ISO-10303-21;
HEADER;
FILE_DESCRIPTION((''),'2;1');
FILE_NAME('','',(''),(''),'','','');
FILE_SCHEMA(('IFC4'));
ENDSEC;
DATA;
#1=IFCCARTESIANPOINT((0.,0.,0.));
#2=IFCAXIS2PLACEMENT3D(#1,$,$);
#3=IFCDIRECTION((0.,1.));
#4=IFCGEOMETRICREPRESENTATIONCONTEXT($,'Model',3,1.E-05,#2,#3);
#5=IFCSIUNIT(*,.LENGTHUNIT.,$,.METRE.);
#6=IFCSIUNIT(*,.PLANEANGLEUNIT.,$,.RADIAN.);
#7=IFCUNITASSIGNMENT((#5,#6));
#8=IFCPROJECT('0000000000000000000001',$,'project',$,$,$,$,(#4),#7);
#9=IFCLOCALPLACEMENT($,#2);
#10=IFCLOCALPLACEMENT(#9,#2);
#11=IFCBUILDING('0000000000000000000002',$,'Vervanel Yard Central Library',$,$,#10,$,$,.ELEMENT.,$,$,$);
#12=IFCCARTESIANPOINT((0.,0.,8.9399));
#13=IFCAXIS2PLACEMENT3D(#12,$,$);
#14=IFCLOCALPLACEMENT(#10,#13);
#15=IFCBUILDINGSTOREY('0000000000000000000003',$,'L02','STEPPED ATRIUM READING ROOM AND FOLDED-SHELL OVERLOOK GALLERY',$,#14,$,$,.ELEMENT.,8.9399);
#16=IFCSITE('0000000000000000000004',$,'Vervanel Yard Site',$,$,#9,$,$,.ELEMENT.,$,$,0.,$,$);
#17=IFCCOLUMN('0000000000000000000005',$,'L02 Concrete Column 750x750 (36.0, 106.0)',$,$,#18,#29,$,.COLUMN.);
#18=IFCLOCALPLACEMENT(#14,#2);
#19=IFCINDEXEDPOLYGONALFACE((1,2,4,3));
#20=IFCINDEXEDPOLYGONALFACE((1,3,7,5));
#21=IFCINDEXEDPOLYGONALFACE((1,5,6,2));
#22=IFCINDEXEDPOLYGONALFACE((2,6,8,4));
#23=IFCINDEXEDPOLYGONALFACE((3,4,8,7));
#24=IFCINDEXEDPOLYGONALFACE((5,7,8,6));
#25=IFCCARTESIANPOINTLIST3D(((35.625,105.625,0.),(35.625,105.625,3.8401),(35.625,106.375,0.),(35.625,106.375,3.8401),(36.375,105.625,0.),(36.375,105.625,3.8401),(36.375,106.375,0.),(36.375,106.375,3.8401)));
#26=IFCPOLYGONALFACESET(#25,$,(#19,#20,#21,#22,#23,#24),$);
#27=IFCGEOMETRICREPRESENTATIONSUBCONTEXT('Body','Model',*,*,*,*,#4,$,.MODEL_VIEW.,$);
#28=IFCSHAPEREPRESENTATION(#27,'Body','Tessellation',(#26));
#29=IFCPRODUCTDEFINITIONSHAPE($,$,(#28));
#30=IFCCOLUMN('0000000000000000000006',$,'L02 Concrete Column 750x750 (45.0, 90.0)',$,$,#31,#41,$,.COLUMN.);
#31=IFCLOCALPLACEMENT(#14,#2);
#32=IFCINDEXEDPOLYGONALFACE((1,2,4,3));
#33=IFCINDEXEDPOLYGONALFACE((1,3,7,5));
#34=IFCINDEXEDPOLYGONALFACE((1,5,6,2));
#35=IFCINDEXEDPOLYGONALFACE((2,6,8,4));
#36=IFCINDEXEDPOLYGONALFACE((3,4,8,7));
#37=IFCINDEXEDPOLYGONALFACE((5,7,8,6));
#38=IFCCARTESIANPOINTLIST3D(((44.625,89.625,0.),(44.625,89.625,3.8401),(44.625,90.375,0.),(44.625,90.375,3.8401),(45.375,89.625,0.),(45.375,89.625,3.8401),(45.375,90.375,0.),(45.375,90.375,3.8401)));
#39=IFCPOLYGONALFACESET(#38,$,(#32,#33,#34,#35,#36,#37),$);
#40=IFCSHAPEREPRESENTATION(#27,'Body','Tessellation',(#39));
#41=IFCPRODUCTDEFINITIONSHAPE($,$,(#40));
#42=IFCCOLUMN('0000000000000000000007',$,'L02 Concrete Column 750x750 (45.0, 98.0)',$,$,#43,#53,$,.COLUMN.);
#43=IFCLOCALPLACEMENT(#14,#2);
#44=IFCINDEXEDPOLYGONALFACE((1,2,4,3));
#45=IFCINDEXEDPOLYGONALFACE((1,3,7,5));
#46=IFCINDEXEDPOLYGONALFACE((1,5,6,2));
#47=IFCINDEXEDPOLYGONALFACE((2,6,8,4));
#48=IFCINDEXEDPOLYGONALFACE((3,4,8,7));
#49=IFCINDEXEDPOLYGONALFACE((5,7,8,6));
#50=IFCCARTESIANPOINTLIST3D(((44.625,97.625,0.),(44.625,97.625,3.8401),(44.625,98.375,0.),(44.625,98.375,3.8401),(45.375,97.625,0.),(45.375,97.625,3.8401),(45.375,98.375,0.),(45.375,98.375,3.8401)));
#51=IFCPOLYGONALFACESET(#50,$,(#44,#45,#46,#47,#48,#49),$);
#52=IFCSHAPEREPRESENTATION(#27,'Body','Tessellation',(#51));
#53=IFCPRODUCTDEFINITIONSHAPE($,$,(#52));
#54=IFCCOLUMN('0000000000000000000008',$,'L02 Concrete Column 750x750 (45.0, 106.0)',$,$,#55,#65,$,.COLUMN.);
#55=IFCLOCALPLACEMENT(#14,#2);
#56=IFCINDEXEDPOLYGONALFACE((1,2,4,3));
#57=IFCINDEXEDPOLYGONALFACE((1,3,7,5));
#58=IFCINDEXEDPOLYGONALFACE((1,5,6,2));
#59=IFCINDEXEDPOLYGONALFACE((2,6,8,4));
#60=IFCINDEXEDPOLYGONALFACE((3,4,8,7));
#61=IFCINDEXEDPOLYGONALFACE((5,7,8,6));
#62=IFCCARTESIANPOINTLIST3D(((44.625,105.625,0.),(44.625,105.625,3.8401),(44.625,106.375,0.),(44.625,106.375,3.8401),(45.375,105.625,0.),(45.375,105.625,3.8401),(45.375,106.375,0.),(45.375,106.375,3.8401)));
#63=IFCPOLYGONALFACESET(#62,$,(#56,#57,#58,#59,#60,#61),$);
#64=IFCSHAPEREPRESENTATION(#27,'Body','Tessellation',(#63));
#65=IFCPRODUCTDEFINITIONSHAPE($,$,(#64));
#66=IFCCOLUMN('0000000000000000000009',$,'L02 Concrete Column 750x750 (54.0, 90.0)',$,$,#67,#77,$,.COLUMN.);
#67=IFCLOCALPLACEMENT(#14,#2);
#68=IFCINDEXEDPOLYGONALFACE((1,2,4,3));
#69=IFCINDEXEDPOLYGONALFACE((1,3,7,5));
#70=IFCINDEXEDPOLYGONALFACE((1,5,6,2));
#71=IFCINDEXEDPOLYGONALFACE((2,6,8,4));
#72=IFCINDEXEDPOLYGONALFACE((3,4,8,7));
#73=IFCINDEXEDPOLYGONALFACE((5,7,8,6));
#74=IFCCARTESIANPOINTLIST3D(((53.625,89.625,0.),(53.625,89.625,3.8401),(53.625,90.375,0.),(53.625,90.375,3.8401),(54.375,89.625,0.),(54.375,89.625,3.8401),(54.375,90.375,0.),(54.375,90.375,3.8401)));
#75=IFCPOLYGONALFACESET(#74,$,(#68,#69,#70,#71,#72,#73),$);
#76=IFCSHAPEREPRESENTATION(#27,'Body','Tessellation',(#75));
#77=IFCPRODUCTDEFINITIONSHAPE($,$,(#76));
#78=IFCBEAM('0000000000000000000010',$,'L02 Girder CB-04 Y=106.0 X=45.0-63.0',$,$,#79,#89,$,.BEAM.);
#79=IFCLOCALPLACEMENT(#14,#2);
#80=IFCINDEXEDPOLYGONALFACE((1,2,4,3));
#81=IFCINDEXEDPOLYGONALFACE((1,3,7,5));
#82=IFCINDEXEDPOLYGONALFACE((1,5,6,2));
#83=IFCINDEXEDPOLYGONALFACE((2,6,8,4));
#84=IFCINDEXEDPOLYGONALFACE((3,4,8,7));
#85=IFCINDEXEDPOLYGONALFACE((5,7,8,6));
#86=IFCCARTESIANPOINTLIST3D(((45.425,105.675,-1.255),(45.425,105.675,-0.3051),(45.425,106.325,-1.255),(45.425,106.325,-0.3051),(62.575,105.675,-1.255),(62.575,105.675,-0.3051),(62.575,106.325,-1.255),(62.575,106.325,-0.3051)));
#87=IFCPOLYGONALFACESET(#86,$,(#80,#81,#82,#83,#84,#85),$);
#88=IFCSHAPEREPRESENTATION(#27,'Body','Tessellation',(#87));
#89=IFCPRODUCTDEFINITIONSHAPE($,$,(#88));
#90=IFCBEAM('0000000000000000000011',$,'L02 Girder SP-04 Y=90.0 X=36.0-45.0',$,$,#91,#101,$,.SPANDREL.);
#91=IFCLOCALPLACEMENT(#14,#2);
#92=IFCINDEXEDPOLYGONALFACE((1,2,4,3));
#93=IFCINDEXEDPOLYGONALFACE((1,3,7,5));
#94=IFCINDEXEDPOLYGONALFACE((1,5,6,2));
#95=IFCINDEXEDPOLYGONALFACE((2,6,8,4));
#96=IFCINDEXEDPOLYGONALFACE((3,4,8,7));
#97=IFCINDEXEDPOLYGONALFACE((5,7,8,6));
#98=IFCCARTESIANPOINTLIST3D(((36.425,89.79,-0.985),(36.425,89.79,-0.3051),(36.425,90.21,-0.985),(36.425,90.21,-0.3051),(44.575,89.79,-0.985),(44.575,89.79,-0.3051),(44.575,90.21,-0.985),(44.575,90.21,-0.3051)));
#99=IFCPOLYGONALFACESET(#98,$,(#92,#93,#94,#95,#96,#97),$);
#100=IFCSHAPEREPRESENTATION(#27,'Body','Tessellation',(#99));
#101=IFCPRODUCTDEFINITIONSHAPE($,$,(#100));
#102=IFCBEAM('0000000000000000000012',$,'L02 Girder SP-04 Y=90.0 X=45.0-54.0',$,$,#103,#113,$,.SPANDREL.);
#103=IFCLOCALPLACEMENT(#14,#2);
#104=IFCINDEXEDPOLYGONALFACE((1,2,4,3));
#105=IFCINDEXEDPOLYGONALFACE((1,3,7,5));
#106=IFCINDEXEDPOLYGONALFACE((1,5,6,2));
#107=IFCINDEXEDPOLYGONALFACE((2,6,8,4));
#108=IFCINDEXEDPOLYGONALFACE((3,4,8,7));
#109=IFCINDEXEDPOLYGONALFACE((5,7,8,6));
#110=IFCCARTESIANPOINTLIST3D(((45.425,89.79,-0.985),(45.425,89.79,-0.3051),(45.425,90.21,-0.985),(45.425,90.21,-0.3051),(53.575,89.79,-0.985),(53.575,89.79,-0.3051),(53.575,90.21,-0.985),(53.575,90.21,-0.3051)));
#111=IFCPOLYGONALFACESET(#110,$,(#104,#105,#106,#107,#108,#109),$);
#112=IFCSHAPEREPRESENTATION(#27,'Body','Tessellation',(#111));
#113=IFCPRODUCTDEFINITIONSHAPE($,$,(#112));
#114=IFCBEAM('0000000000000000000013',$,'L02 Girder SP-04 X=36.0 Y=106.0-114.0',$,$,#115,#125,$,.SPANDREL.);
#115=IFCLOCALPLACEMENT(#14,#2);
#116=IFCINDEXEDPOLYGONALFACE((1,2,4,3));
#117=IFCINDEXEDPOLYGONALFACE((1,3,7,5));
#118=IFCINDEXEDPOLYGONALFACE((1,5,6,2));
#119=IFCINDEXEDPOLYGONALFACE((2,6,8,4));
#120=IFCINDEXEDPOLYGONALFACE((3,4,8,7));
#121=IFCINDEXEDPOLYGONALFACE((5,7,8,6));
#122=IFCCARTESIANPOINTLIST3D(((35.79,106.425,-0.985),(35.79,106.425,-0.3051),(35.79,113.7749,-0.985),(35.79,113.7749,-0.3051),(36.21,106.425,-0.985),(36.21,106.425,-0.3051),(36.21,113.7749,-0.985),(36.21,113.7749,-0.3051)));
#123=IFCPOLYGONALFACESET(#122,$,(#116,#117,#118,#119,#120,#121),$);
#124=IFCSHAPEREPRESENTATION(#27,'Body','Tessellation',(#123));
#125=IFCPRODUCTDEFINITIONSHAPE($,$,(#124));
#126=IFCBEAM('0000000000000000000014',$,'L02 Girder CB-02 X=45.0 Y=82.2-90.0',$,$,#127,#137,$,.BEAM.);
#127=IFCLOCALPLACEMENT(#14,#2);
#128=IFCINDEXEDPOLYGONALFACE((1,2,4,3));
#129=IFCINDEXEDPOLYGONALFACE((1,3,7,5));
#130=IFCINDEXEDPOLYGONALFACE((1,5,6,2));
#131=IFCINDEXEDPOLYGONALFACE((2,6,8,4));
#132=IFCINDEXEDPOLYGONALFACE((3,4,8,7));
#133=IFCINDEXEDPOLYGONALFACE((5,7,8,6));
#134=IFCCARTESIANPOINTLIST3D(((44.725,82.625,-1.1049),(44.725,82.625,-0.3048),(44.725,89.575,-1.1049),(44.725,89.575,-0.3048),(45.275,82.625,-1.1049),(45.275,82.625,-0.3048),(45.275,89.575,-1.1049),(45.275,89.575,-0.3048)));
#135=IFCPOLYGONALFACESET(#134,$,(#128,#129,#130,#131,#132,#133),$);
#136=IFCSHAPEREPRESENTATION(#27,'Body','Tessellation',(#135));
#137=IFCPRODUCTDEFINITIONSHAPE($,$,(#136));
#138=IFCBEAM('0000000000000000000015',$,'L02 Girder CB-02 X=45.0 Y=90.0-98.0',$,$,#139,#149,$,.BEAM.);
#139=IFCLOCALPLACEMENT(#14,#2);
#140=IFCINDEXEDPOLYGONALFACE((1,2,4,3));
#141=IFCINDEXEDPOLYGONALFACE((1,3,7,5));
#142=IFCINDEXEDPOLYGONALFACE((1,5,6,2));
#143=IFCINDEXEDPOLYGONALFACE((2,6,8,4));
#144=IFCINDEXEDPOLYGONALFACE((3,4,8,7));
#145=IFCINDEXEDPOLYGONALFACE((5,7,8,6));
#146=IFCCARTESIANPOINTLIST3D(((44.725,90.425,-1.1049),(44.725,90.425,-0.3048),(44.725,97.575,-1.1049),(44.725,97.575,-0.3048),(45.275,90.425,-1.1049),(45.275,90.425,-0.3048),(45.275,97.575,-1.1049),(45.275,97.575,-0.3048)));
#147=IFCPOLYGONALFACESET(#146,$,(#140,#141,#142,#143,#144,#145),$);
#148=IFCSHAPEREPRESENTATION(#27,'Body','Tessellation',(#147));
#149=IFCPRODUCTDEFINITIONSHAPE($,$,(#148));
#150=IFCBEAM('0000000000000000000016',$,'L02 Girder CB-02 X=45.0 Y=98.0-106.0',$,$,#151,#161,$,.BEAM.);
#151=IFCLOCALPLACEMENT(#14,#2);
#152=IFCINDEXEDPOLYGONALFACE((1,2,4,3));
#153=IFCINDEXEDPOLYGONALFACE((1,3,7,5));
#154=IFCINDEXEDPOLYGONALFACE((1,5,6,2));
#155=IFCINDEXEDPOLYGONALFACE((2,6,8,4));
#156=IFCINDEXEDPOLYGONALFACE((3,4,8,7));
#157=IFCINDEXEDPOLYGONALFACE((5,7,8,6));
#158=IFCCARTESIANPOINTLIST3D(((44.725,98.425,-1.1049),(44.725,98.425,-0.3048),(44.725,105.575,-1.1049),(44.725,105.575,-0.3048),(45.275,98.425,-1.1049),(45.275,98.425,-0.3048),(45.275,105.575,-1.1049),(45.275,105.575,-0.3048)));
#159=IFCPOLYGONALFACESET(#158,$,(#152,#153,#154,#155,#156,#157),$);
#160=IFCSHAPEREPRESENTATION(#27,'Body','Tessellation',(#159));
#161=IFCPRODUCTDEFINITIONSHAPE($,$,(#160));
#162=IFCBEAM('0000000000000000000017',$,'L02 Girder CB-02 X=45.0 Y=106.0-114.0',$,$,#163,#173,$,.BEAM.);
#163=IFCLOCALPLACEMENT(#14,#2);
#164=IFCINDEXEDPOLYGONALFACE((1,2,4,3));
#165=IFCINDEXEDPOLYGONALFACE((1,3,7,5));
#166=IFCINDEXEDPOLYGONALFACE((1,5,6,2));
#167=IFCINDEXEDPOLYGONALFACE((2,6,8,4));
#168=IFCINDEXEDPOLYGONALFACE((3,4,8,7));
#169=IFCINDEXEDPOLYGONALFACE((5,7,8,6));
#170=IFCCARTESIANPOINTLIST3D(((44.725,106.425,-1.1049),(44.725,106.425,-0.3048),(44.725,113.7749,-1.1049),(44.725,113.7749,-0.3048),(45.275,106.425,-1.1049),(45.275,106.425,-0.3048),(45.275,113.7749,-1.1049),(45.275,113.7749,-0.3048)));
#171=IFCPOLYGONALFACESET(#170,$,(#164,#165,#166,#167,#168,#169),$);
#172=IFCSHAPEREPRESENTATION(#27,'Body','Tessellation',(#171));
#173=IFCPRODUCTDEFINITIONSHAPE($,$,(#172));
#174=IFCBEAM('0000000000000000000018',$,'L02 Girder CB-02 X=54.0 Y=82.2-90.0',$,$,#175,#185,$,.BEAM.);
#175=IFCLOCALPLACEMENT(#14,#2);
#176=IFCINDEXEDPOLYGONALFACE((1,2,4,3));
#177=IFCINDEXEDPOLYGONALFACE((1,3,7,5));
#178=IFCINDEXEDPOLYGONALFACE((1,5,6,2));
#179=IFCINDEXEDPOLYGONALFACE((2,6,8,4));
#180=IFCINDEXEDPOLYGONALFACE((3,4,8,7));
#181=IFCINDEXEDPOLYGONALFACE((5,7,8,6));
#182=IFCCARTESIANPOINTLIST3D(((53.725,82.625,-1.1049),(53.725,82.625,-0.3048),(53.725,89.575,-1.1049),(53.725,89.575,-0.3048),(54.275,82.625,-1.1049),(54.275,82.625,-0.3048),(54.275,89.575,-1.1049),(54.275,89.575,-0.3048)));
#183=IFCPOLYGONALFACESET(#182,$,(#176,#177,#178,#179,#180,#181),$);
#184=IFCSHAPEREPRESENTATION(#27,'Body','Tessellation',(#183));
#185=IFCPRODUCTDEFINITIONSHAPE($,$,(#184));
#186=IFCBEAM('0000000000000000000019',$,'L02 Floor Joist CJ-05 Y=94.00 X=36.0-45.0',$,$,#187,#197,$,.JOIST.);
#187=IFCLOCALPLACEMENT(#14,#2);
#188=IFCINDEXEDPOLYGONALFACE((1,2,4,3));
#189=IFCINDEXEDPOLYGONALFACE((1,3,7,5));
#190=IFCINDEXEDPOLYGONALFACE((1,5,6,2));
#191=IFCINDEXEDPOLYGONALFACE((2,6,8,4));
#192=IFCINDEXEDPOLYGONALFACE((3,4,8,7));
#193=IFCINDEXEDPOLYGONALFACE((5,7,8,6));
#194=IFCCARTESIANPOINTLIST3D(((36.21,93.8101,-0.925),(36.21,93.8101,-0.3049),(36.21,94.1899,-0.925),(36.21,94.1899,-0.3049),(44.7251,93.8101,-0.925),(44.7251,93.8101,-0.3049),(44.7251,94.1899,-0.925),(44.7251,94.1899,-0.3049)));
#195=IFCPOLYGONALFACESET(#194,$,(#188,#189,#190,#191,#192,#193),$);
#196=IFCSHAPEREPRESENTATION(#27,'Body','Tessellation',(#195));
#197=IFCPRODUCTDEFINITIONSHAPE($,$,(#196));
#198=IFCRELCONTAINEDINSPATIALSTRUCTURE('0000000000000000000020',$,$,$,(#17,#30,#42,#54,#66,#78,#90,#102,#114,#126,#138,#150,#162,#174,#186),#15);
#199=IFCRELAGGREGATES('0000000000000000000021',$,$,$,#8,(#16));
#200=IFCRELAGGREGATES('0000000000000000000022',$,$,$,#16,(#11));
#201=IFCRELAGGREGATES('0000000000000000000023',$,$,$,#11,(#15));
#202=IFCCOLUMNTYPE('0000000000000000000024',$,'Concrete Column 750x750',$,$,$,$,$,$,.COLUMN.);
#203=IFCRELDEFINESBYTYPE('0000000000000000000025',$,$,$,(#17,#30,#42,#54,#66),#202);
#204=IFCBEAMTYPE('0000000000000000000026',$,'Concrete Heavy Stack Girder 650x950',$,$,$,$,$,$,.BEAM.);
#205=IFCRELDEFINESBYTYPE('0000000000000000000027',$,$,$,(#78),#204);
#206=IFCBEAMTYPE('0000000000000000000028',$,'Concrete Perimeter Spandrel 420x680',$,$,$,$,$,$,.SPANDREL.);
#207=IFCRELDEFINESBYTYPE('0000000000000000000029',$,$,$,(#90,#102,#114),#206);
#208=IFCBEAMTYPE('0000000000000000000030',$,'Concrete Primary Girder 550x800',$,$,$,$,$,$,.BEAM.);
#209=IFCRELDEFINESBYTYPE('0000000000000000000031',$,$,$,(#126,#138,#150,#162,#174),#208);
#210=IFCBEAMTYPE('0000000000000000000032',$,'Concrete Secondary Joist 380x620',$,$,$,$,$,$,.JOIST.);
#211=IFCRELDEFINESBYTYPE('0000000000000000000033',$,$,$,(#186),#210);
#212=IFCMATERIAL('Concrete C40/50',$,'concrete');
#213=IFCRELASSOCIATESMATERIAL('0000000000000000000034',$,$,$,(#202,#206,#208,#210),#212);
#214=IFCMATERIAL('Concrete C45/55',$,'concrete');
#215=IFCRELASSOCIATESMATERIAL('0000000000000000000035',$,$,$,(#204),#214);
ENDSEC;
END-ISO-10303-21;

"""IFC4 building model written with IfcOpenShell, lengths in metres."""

from ifc_helpers import new_model, si_unit, direction, frame, origin, origin_2d, place, context, subcontext, project, spatial, rectangle, extrude, material, material_profile, profile_set, type_object, element, save


model = new_model("IFC4")

# Units and contexts
model_context = context("Model", 3, precision=1e-05, world=origin(), true_north=direction((0.0, 1.0)))
body_context = subcontext(model_context, "Body", "Model", "MODEL_VIEW")
ifc_project = project(units=[si_unit("LENGTHUNIT", "METRE"), si_unit("PLANEANGLEUNIT", "RADIAN")], contexts=[model_context])

# Site, building, storey
site_placement = place(None, origin())
site = spatial("IfcSite", under=ifc_project, at=site_placement, Name="Vervanel Yard Site", CompositionType="ELEMENT", RefElevation=0.0)
building_placement = place(site_placement, origin())
building = spatial("IfcBuilding", under=site, at=building_placement, Name="Vervanel Yard Central Library", CompositionType="ELEMENT")
storey_placement = place(building_placement, frame((0.0, 0.0, 8.9399)))
storey = spatial("IfcBuildingStorey", under=building, at=storey_placement, Name="L02", Description="STEPPED ATRIUM READING ROOM AND FOLDED-SHELL OVERLOOK GALLERY", CompositionType="ELEMENT", Elevation=8.9399)

# Columns
ifc_material_1 = material(Name="Concrete C40/50", Category="concrete")
ifc_material_profile_1 = material_profile(ifc_material_1, rectangle(XDim=0.75, YDim=0.75, at=origin_2d()), Name="RC 750x750", Category="concrete")
ifc_profile_set_1 = profile_set([ifc_material_profile_1], Name="Concrete C40/50")
column_type = type_object("IfcColumnType", Name="Concrete Column 750x750", PredefinedType="COLUMN", material=ifc_profile_set_1)
for number, where, z_axis, x_axis, name in (
    (1, (36.0, 106.0, 0.0), (0.0, 0.0, 1.0), (1.0, 0.0, 0.0), "L02 Concrete Column 750x750 (36.0, 106.0)"),
    (2, (45.0, 90.0, 0.0), (0.0, 0.0, 1.0), (1.0, 0.0, 0.0), "L02 Concrete Column 750x750 (45.0, 90.0)"),
    (3, (45.0, 98.0, 0.0), (0.0, 0.0, 1.0), (1.0, 0.0, 0.0), "L02 Concrete Column 750x750 (45.0, 98.0)"),
    (4, (45.0, 106.0, 0.0), (0.0, 0.0, 1.0), (1.0, 0.0, 0.0), "L02 Concrete Column 750x750 (45.0, 106.0)"),
    (5, (54.0, 90.0, 0.0), (0.0, 0.0, 1.0), (1.0, 0.0, 0.0), "L02 Concrete Column 750x750 (54.0, 90.0)"),
):
    element("IfcColumn", number, at=place(storey_placement, frame(where, z_axis=z_axis, x_axis=x_axis)), inside=storey, type_object=column_type, Name=name, PredefinedType="COLUMN", context=body_context, shape_type="SweptSolid", body=[
        extrude(rectangle(XDim=0.75, YDim=0.75, at=origin_2d()), origin(), (0.0, 0.0, 1.0), 3.8401),
    ])

# Beams
ifc_material_2 = material(Name="Concrete C45/55", Category="concrete")
ifc_material_profile_2 = material_profile(ifc_material_2, rectangle(XDim=0.6499, YDim=0.95, at=origin_2d()), Name="RC 650x950", Category="concrete")
ifc_profile_set_2 = profile_set([ifc_material_profile_2], Name="Concrete C45/55")
beam_type_1 = type_object("IfcBeamType", Name="Concrete Heavy Stack Girder 650x950", PredefinedType="BEAM", material=ifc_profile_set_2)
beam_1_placement = place(storey_placement, frame((45.425, 106.0, -0.78), z_axis=(1.0, 0.0, 0.0), x_axis=(0.0, 1.0, 0.0)))
element("IfcBeam", 6, at=beam_1_placement, inside=storey, type_object=beam_type_1, Name="L02 Girder CB-04 Y=106.0 X=45.0-63.0", PredefinedType="BEAM", context=body_context, shape_type="SweptSolid", body=[
    extrude(rectangle(XDim=0.6499, YDim=0.95, at=origin_2d()), origin(), (0.0, 0.0, 1.0), 17.1499),
])
ifc_material_profile_3 = material_profile(ifc_material_1, rectangle(XDim=0.4199, YDim=0.6799, at=origin_2d()), Name="RC 420x680", Category="concrete")
ifc_profile_set_3 = profile_set([ifc_material_profile_3], Name="Concrete C40/50")
beam_type_2 = type_object("IfcBeamType", Name="Concrete Perimeter Spandrel 420x680", PredefinedType="SPANDREL", material=ifc_profile_set_3)
for number, where, z_axis, x_axis, name in (
    (7, (36.425, 90.0, -0.645), (1.0, 0.0, 0.0), (0.0, 1.0, 0.0), "L02 Girder SP-04 Y=90.0 X=36.0-45.0"),
    (8, (45.425, 90.0, -0.645), (1.0, 0.0, 0.0), (0.0, 1.0, 0.0), "L02 Girder SP-04 Y=90.0 X=45.0-54.0"),
):
    element("IfcBeam", number, at=place(storey_placement, frame(where, z_axis=z_axis, x_axis=x_axis)), inside=storey, type_object=beam_type_2, Name=name, PredefinedType="SPANDREL", context=body_context, shape_type="SweptSolid", body=[
        extrude(rectangle(XDim=0.4199, YDim=0.6799, at=origin_2d()), origin(), (0.0, 0.0, 1.0), 8.1499),
    ])
beam_2_placement = place(storey_placement, frame((36.0, 106.425, -0.645), z_axis=(0.0, 1.0, 0.0), x_axis=(-1.0, 0.0, 0.0)))
element("IfcBeam", 9, at=beam_2_placement, inside=storey, type_object=beam_type_2, Name="L02 Girder SP-04 X=36.0 Y=106.0-114.0", PredefinedType="SPANDREL", context=body_context, shape_type="SweptSolid", body=[
    extrude(rectangle(XDim=0.4199, YDim=0.6799, at=origin_2d()), origin(), (0.0, 0.0, 1.0), 7.3499),
])
ifc_material_profile_4 = material_profile(ifc_material_1, rectangle(XDim=0.55, YDim=0.8, at=origin_2d()), Name="RC 550x800", Category="concrete")
ifc_profile_set_4 = profile_set([ifc_material_profile_4], Name="Concrete C40/50")
beam_type_3 = type_object("IfcBeamType", Name="Concrete Primary Girder 550x800", PredefinedType="BEAM", material=ifc_profile_set_4)
beam_3_placement = place(storey_placement, frame((45.0, 82.625, -0.7048), z_axis=(0.0, 1.0, 0.0), x_axis=(-1.0, 0.0, 0.0)))
element("IfcBeam", 10, at=beam_3_placement, inside=storey, type_object=beam_type_3, Name="L02 Girder CB-02 X=45.0 Y=82.2-90.0", PredefinedType="BEAM", context=body_context, shape_type="SweptSolid", body=[
    extrude(rectangle(XDim=0.55, YDim=0.8, at=origin_2d()), origin(), (0.0, 0.0, 1.0), 6.95),
])
for number, where, z_axis, x_axis, name in (
    (11, (45.0, 90.425, -0.7048), (0.0, 1.0, 0.0), (-1.0, 0.0, 0.0), "L02 Girder CB-02 X=45.0 Y=90.0-98.0"),
    (12, (45.0, 98.425, -0.7048), (0.0, 1.0, 0.0), (-1.0, 0.0, 0.0), "L02 Girder CB-02 X=45.0 Y=98.0-106.0"),
):
    element("IfcBeam", number, at=place(storey_placement, frame(where, z_axis=z_axis, x_axis=x_axis)), inside=storey, type_object=beam_type_3, Name=name, PredefinedType="BEAM", context=body_context, shape_type="SweptSolid", body=[
        extrude(rectangle(XDim=0.55, YDim=0.8, at=origin_2d()), origin(), (0.0, 0.0, 1.0), 7.1499),
    ])
beam_4_placement = place(storey_placement, frame((45.0, 106.425, -0.7048), z_axis=(0.0, 1.0, 0.0), x_axis=(-1.0, 0.0, 0.0)))
element("IfcBeam", 13, at=beam_4_placement, inside=storey, type_object=beam_type_3, Name="L02 Girder CB-02 X=45.0 Y=106.0-114.0", PredefinedType="BEAM", context=body_context, shape_type="SweptSolid", body=[
    extrude(rectangle(XDim=0.55, YDim=0.8, at=origin_2d()), origin(), (0.0, 0.0, 1.0), 7.3499),
])
beam_5_placement = place(storey_placement, frame((54.0, 82.625, -0.7048), z_axis=(0.0, 1.0, 0.0), x_axis=(-1.0, 0.0, 0.0)))
element("IfcBeam", 14, at=beam_5_placement, inside=storey, type_object=beam_type_3, Name="L02 Girder CB-02 X=54.0 Y=82.2-90.0", PredefinedType="BEAM", context=body_context, shape_type="SweptSolid", body=[
    extrude(rectangle(XDim=0.55, YDim=0.8, at=origin_2d()), origin(), (0.0, 0.0, 1.0), 6.95),
])
ifc_material_profile_5 = material_profile(ifc_material_1, rectangle(XDim=0.3799, YDim=0.6201, at=origin_2d()), Name="RC 380x620", Category="concrete")
ifc_profile_set_5 = profile_set([ifc_material_profile_5], Name="Concrete C40/50")
beam_type_4 = type_object("IfcBeamType", Name="Concrete Secondary Joist 380x620", PredefinedType="JOIST", material=ifc_profile_set_5)
beam_6_placement = place(storey_placement, frame((36.21, 94.0, -0.615), z_axis=(1.0, 0.0, 0.0), x_axis=(0.0, 1.0, 0.0)))
element("IfcBeam", 15, at=beam_6_placement, inside=storey, type_object=beam_type_4, Name="L02 Floor Joist CJ-05 Y=94.00 X=36.0-45.0", PredefinedType="JOIST", context=body_context, shape_type="SweptSolid", body=[
    extrude(rectangle(XDim=0.3799, YDim=0.6201, at=origin_2d()), origin(), (0.0, 0.0, 1.0), 8.5151),
])

save(model, "model.ifc")
